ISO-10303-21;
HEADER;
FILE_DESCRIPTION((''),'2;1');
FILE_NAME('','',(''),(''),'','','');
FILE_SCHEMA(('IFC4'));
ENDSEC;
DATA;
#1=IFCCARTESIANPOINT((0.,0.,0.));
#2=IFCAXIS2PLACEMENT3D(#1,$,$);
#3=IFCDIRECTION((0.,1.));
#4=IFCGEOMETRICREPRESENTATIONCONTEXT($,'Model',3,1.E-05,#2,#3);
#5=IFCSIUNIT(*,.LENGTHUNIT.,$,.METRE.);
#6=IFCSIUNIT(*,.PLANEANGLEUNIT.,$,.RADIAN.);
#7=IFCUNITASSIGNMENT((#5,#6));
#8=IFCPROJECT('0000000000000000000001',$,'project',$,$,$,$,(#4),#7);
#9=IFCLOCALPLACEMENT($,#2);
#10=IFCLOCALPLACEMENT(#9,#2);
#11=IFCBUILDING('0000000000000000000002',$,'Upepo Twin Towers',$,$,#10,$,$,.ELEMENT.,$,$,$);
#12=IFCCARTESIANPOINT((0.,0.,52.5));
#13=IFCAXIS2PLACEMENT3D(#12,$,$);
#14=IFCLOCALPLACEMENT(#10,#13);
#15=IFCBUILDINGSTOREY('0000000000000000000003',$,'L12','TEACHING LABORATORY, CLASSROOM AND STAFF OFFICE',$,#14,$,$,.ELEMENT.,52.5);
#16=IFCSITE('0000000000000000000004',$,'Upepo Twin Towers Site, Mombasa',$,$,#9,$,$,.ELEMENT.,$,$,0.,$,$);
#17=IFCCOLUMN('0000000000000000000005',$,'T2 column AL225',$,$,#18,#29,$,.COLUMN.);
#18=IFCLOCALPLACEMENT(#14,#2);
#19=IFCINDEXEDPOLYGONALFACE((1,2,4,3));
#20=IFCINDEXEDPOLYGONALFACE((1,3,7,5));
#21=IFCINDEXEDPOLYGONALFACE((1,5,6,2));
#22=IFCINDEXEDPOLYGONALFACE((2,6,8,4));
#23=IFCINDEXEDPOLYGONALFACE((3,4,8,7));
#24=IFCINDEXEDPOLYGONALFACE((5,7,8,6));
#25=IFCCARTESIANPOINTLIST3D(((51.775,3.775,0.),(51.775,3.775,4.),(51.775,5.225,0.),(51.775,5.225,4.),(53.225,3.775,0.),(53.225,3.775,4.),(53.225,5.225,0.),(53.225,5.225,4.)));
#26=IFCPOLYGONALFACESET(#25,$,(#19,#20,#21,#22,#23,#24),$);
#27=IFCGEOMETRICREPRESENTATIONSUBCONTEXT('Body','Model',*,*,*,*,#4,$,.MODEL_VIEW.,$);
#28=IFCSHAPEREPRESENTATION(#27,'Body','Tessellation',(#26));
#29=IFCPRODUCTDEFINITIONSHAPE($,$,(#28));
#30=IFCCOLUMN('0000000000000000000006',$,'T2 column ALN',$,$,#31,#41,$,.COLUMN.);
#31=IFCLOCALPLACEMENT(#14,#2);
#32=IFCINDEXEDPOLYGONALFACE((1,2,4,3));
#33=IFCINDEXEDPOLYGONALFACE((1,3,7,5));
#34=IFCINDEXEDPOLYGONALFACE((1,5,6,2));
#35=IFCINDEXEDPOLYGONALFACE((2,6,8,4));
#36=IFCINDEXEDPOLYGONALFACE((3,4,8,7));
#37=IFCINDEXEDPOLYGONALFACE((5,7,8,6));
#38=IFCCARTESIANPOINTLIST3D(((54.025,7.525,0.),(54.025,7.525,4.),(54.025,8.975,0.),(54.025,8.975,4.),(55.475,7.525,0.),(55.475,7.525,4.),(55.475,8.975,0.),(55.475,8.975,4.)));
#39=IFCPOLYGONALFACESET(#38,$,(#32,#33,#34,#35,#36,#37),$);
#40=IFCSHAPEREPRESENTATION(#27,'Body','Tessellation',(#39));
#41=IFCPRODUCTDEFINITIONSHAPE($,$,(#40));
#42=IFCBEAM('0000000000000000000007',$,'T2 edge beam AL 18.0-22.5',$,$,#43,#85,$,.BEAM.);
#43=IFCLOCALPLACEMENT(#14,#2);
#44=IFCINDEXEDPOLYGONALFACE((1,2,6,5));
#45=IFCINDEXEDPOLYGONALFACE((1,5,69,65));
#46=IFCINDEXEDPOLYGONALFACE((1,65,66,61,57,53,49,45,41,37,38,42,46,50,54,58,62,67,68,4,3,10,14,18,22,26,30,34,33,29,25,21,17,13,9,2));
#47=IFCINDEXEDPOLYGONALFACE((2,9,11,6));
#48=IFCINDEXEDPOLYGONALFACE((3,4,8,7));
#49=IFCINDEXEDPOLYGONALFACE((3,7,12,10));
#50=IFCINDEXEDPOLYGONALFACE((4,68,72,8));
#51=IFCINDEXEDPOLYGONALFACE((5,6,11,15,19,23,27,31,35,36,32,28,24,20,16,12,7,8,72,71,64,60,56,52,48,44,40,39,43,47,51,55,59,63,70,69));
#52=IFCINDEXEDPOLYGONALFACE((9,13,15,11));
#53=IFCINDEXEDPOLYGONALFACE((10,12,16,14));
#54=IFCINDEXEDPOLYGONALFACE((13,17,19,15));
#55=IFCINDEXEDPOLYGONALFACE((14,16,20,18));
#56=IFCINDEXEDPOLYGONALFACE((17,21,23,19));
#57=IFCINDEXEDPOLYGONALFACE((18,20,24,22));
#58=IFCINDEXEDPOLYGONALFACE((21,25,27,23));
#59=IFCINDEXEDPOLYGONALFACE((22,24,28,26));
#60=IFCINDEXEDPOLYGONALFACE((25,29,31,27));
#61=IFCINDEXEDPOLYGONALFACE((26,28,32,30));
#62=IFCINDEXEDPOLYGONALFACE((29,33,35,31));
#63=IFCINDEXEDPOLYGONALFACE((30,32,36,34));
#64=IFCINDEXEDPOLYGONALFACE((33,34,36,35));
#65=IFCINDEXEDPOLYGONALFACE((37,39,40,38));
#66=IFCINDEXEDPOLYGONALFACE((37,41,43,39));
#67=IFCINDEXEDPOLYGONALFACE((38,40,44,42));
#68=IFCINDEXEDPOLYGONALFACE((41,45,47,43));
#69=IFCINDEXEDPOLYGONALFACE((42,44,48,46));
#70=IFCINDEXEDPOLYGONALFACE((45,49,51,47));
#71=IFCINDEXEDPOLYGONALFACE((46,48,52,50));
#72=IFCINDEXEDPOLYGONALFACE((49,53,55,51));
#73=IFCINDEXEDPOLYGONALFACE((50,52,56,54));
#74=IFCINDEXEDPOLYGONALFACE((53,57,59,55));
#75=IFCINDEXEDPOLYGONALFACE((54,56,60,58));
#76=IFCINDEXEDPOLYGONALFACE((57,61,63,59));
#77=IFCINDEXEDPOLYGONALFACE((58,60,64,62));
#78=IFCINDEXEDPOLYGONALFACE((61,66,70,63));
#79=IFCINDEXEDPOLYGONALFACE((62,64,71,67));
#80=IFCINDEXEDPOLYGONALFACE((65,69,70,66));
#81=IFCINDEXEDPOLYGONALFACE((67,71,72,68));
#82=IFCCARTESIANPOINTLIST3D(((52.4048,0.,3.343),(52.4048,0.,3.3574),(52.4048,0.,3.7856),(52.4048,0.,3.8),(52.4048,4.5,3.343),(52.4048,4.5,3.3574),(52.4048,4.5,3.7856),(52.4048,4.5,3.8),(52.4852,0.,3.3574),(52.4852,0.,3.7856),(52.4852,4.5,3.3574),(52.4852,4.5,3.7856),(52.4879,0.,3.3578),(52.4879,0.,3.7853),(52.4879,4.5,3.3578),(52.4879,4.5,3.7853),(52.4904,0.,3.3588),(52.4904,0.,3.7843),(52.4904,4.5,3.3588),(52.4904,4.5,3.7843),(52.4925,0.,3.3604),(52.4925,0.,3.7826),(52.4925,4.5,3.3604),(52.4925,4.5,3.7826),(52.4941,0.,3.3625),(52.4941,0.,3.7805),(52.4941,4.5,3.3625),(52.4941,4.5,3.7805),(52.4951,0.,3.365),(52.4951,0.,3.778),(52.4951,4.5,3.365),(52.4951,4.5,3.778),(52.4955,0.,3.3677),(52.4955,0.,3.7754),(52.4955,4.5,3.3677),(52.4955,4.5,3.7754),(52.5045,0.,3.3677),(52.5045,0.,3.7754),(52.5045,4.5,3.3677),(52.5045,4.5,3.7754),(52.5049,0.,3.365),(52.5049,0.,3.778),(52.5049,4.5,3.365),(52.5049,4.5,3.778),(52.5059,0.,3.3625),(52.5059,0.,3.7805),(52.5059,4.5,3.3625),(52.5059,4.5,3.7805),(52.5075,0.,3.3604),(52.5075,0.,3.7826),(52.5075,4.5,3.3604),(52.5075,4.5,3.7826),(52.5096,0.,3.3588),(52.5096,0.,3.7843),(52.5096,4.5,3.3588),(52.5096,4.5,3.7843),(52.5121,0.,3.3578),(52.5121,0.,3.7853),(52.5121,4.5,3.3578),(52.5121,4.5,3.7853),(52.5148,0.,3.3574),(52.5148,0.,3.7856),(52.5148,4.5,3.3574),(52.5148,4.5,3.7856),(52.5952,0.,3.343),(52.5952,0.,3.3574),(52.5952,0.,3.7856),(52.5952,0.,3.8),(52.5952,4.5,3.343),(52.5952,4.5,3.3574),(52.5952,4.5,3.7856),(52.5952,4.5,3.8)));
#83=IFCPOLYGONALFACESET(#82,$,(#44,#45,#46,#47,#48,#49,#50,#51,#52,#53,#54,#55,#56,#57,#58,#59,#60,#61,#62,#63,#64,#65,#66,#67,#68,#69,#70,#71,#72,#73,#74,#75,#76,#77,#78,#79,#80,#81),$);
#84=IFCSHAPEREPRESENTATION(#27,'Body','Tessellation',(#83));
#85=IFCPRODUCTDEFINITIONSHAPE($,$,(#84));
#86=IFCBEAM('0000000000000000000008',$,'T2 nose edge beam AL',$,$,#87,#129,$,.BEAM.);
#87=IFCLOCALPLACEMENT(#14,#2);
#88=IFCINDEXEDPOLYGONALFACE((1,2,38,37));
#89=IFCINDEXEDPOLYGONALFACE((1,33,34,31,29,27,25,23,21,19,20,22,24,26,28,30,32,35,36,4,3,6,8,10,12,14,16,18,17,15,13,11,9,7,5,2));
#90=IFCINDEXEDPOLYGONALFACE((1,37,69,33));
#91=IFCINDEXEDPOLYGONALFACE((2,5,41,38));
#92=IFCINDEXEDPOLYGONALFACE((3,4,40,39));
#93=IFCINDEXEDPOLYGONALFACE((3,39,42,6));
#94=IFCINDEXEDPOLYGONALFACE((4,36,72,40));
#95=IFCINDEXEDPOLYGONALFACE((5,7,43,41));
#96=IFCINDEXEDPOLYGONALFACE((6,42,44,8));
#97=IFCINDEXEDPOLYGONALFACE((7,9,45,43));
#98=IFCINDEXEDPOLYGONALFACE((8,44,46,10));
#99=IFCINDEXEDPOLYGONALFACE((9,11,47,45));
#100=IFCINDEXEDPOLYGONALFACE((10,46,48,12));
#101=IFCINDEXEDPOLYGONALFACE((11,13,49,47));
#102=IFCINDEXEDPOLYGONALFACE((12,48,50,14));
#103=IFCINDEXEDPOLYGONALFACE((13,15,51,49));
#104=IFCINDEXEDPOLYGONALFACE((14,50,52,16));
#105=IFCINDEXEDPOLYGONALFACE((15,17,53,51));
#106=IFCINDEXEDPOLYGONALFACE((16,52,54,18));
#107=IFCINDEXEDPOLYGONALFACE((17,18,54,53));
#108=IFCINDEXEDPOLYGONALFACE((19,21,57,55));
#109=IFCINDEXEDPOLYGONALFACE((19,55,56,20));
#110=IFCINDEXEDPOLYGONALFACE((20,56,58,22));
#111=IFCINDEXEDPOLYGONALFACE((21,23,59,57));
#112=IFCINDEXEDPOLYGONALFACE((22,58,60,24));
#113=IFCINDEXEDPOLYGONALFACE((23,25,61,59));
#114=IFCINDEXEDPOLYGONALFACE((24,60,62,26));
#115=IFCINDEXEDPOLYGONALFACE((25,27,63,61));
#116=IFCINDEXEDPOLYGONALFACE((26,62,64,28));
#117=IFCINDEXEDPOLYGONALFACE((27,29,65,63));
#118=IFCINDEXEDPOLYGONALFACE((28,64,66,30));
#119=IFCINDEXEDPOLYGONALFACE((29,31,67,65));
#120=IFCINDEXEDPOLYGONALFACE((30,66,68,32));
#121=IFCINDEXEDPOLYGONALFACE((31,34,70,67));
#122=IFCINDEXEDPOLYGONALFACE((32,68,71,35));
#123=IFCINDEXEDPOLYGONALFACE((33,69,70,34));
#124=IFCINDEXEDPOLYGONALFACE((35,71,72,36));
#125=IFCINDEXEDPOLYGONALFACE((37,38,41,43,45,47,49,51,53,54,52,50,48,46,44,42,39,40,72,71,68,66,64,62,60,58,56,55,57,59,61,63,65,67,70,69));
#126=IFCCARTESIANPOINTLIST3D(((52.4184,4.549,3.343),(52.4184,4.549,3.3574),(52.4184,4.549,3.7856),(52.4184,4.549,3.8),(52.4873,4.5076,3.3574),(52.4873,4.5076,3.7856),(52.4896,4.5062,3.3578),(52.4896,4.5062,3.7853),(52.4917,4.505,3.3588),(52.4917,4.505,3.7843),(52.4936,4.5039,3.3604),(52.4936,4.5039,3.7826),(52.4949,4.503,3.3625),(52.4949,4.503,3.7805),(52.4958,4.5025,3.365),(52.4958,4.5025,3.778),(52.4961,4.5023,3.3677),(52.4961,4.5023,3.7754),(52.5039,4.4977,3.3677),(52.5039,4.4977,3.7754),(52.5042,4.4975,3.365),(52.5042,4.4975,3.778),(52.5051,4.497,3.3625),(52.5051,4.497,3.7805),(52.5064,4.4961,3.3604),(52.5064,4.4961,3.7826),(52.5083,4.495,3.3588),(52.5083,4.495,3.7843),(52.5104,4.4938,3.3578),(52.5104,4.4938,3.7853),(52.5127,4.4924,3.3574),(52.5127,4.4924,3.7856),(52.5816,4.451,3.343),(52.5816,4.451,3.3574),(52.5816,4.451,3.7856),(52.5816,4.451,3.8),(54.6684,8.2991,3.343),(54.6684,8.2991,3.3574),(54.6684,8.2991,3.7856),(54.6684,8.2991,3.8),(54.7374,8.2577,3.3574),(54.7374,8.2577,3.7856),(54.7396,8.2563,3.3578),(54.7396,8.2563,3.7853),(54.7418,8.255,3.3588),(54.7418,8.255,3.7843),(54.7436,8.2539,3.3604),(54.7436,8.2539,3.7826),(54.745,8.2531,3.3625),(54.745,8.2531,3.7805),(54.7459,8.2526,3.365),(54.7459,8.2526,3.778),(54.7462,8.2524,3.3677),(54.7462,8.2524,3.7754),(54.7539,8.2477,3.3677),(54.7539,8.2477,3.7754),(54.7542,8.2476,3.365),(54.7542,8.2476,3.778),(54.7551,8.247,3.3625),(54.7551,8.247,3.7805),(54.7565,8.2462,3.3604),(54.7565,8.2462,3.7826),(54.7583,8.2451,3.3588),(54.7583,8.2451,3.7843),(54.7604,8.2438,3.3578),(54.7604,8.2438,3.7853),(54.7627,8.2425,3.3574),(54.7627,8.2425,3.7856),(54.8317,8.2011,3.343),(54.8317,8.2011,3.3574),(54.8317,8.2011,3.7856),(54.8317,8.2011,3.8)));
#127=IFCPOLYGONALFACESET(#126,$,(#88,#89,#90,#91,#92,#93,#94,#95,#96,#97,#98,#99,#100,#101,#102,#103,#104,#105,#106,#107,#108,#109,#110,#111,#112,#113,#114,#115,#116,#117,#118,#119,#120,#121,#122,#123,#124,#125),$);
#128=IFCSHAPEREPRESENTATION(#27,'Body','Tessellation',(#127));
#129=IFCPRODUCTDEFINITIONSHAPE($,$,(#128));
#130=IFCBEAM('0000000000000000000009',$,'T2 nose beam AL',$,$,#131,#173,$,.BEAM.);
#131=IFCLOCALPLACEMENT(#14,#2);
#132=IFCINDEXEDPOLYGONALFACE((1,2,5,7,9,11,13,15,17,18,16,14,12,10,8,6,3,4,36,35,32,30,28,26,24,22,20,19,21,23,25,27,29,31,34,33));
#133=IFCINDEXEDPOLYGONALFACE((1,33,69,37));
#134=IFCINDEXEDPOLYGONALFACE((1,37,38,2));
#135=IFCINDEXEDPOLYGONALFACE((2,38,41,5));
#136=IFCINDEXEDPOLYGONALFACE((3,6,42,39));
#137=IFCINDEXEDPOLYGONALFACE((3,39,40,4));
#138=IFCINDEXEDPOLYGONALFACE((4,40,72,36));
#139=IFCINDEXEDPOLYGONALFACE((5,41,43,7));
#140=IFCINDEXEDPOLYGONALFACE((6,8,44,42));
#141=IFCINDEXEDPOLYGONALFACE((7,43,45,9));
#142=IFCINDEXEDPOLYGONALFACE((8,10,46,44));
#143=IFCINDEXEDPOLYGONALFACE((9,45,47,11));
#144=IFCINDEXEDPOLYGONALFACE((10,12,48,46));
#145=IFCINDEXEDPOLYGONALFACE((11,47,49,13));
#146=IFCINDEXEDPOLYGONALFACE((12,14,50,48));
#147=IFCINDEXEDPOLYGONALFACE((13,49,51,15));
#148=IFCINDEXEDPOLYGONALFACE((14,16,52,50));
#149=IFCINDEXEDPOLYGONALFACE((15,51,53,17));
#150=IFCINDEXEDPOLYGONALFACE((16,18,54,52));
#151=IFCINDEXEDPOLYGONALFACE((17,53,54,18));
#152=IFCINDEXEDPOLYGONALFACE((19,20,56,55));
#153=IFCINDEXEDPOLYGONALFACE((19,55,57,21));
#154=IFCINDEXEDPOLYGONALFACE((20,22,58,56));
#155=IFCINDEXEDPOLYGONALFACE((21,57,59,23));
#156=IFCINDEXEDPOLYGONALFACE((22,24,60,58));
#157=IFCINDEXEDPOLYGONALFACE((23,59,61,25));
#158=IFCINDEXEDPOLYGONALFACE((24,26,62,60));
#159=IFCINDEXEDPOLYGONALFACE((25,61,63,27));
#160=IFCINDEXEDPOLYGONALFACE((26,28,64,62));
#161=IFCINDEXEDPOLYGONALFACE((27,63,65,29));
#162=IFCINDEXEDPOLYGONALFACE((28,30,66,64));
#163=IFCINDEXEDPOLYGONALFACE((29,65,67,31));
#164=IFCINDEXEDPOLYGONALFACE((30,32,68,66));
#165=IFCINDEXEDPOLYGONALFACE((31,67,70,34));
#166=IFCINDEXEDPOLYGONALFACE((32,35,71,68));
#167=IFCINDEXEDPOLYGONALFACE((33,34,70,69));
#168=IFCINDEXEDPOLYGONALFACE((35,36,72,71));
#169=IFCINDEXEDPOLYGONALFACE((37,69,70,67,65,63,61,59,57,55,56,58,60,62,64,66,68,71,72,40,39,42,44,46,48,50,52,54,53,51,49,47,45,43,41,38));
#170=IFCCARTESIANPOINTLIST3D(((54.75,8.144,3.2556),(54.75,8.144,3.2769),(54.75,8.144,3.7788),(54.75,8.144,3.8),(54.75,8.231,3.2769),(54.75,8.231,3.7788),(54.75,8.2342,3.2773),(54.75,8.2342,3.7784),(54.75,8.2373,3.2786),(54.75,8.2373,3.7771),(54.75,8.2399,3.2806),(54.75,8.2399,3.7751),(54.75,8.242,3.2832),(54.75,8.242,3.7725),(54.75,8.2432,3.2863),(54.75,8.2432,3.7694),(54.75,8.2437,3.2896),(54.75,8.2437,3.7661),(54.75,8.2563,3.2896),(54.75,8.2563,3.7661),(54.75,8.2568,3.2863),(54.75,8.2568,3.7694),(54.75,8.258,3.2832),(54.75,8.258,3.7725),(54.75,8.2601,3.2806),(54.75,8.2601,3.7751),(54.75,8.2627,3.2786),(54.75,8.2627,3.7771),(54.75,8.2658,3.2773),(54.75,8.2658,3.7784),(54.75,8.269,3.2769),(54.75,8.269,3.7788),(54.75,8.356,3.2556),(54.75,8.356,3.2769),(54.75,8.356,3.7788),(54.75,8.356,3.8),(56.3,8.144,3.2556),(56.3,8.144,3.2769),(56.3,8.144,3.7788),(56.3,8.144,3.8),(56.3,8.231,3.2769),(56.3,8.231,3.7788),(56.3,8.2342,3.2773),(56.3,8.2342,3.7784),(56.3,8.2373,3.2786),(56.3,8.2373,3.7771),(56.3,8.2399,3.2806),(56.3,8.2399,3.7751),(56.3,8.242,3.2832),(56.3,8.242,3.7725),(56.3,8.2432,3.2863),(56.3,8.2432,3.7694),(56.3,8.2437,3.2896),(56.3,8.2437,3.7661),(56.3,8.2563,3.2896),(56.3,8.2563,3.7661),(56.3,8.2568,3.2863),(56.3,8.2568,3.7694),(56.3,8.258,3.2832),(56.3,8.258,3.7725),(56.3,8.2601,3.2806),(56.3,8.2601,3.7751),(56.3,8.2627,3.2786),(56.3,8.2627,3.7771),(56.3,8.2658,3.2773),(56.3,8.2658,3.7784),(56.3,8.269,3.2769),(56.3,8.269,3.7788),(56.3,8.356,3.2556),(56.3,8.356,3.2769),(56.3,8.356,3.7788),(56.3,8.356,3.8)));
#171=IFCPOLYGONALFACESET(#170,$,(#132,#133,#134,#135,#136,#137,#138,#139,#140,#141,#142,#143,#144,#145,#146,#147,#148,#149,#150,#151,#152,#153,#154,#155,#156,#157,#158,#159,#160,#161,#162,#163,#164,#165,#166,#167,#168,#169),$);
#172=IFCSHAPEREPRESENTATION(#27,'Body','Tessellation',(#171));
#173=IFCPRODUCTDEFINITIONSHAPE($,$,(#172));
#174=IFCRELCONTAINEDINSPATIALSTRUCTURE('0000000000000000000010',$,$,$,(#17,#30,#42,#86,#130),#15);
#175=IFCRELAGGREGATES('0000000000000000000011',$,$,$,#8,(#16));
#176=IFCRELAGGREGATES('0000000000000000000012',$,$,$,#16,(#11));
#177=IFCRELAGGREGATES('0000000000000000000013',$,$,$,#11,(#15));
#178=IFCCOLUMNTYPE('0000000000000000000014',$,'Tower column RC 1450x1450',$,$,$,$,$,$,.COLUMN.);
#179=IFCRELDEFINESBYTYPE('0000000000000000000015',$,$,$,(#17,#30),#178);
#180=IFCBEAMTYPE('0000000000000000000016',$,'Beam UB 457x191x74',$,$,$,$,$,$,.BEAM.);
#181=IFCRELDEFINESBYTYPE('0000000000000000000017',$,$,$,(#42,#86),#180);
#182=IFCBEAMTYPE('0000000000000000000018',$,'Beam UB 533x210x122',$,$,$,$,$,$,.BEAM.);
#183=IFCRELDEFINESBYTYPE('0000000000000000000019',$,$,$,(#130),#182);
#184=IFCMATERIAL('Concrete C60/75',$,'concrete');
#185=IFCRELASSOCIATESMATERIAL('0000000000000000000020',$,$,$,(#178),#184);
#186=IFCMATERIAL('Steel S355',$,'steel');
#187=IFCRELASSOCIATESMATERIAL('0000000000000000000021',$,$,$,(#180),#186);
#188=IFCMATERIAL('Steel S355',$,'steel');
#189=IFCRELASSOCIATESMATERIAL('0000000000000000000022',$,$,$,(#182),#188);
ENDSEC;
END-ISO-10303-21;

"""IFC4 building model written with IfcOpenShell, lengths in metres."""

from ifc_helpers import new_model, si_unit, direction, frame, origin, origin_2d, place, context, subcontext, project, spatial, rectangle, i_section, extrude, material, material_profile, profile_set, type_object, element, save


model = new_model("IFC4")

# Units and contexts
model_context = context("Model", 3, precision=1e-05, world=origin(), true_north=direction((0.0, 1.0)))
body_context = subcontext(model_context, "Body", "Model", "MODEL_VIEW")
ifc_project = project(units=[si_unit("LENGTHUNIT", "METRE"), si_unit("PLANEANGLEUNIT", "RADIAN")], contexts=[model_context])

# Site, building, storey
site_placement = place(None, origin())
site = spatial("IfcSite", under=ifc_project, at=site_placement, Name="Upepo Twin Towers Site, Mombasa", CompositionType="ELEMENT", RefElevation=0.0)
building_placement = place(site_placement, origin())
building = spatial("IfcBuilding", under=site, at=building_placement, Name="Upepo Twin Towers", CompositionType="ELEMENT")
storey_placement = place(building_placement, frame((0.0, 0.0, 52.5)))
storey = spatial("IfcBuildingStorey", under=building, at=storey_placement, Name="L12", Description="TEACHING LABORATORY, CLASSROOM AND STAFF OFFICE", CompositionType="ELEMENT", Elevation=52.5)

# Columns
ifc_material_1 = material(Name="Concrete C60/75", Category="concrete")
ifc_material_profile_1 = material_profile(ifc_material_1, rectangle(XDim=1.45, YDim=1.45, at=origin_2d()), Name="RC 1450x1450")
ifc_profile_set_1 = profile_set([ifc_material_profile_1], Name="Concrete C60/75")
column_type = type_object("IfcColumnType", Name="Tower column RC 1450x1450", PredefinedType="COLUMN", material=ifc_profile_set_1)
for number, where, z_axis, x_axis, name in (
    (1, (52.5, 4.5, 0.0), (0.0, 0.0, 1.0), (1.0, 0.0, 0.0), "T2 column AL225"),
    (2, (54.75, 8.25, 0.0), (0.0, 0.0, 1.0), (1.0, 0.0, 0.0), "T2 column ALN"),
):
    element("IfcColumn", number, at=place(storey_placement, frame(where, z_axis=z_axis, x_axis=x_axis)), inside=storey, type_object=column_type, Name=name, PredefinedType="COLUMN", context=body_context, shape_type="SweptSolid", body=[
        extrude(rectangle(XDim=1.45, YDim=1.45, at=origin_2d()), origin(), (0.0, 0.0, 1.0), 4.0),
    ])

# Beams
ifc_material_2 = material(Name="Steel S355", Category="steel")
ifc_material_profile_2 = material_profile(ifc_material_2, i_section(OverallWidth=0.1904, OverallDepth=0.457, WebThickness=0.009, FlangeThickness=0.0144, FilletRadius=0.0103, at=origin_2d()), Name="UB 457x191x74")
ifc_profile_set_2 = profile_set([ifc_material_profile_2], Name="Steel S355")
beam_type_1 = type_object("IfcBeamType", Name="Beam UB 457x191x74", PredefinedType="BEAM", material=ifc_profile_set_2)
beam_1_placement = place(storey_placement, frame((52.5, 0.0, 3.5715), z_axis=(0.0, 1.0, 0.0), x_axis=(-1.0, 0.0, 0.0)))
element("IfcBeam", 3, at=beam_1_placement, inside=storey, type_object=beam_type_1, Name="T2 edge beam AL 18.0-22.5", PredefinedType="BEAM", context=body_context, shape_type="SweptSolid", body=[
    extrude(i_section(OverallWidth=0.1904, OverallDepth=0.457, WebThickness=0.009, FlangeThickness=0.0144, FilletRadius=0.0103, at=origin_2d()), origin(), (0.0, 0.0, 1.0), 4.5),
])
beam_2_placement = place(storey_placement, frame((52.5, 4.5, 3.5715), z_axis=(0.514496, 0.857493, 0.0), x_axis=(-0.857493, 0.514496, 0.0)))
element("IfcBeam", 4, at=beam_2_placement, inside=storey, type_object=beam_type_1, Name="T2 nose edge beam AL", PredefinedType="BEAM", context=body_context, shape_type="SweptSolid", body=[
    extrude(i_section(OverallWidth=0.1904, OverallDepth=0.457, WebThickness=0.009, FlangeThickness=0.0144, FilletRadius=0.0103, at=origin_2d()), origin(), (0.0, 0.0, 1.0), 4.3733),
])
ifc_material_3 = material(Name="Steel S355", Category="steel")
ifc_material_profile_3 = material_profile(ifc_material_3, i_section(OverallWidth=0.2119, OverallDepth=0.5444, WebThickness=0.0127, FlangeThickness=0.0212, FilletRadius=0.0127, at=origin_2d()), Name="UB 533x210x122")
ifc_profile_set_3 = profile_set([ifc_material_profile_3], Name="Steel S355")
beam_type_2 = type_object("IfcBeamType", Name="Beam UB 533x210x122", PredefinedType="BEAM", material=ifc_profile_set_3)
beam_3_placement = place(storey_placement, frame((54.75, 8.25, 3.5278), z_axis=(1.0, 0.0, 0.0), x_axis=(0.0, 1.0, 0.0)))
element("IfcBeam", 5, at=beam_3_placement, inside=storey, type_object=beam_type_2, Name="T2 nose beam AL", PredefinedType="BEAM", context=body_context, shape_type="SweptSolid", body=[
    extrude(i_section(OverallWidth=0.2119, OverallDepth=0.5444, WebThickness=0.0127, FlangeThickness=0.0212, FilletRadius=0.0127, at=origin_2d()), origin(), (0.0, 0.0, 1.0), 1.55),
])

save(model, "model.ifc")
